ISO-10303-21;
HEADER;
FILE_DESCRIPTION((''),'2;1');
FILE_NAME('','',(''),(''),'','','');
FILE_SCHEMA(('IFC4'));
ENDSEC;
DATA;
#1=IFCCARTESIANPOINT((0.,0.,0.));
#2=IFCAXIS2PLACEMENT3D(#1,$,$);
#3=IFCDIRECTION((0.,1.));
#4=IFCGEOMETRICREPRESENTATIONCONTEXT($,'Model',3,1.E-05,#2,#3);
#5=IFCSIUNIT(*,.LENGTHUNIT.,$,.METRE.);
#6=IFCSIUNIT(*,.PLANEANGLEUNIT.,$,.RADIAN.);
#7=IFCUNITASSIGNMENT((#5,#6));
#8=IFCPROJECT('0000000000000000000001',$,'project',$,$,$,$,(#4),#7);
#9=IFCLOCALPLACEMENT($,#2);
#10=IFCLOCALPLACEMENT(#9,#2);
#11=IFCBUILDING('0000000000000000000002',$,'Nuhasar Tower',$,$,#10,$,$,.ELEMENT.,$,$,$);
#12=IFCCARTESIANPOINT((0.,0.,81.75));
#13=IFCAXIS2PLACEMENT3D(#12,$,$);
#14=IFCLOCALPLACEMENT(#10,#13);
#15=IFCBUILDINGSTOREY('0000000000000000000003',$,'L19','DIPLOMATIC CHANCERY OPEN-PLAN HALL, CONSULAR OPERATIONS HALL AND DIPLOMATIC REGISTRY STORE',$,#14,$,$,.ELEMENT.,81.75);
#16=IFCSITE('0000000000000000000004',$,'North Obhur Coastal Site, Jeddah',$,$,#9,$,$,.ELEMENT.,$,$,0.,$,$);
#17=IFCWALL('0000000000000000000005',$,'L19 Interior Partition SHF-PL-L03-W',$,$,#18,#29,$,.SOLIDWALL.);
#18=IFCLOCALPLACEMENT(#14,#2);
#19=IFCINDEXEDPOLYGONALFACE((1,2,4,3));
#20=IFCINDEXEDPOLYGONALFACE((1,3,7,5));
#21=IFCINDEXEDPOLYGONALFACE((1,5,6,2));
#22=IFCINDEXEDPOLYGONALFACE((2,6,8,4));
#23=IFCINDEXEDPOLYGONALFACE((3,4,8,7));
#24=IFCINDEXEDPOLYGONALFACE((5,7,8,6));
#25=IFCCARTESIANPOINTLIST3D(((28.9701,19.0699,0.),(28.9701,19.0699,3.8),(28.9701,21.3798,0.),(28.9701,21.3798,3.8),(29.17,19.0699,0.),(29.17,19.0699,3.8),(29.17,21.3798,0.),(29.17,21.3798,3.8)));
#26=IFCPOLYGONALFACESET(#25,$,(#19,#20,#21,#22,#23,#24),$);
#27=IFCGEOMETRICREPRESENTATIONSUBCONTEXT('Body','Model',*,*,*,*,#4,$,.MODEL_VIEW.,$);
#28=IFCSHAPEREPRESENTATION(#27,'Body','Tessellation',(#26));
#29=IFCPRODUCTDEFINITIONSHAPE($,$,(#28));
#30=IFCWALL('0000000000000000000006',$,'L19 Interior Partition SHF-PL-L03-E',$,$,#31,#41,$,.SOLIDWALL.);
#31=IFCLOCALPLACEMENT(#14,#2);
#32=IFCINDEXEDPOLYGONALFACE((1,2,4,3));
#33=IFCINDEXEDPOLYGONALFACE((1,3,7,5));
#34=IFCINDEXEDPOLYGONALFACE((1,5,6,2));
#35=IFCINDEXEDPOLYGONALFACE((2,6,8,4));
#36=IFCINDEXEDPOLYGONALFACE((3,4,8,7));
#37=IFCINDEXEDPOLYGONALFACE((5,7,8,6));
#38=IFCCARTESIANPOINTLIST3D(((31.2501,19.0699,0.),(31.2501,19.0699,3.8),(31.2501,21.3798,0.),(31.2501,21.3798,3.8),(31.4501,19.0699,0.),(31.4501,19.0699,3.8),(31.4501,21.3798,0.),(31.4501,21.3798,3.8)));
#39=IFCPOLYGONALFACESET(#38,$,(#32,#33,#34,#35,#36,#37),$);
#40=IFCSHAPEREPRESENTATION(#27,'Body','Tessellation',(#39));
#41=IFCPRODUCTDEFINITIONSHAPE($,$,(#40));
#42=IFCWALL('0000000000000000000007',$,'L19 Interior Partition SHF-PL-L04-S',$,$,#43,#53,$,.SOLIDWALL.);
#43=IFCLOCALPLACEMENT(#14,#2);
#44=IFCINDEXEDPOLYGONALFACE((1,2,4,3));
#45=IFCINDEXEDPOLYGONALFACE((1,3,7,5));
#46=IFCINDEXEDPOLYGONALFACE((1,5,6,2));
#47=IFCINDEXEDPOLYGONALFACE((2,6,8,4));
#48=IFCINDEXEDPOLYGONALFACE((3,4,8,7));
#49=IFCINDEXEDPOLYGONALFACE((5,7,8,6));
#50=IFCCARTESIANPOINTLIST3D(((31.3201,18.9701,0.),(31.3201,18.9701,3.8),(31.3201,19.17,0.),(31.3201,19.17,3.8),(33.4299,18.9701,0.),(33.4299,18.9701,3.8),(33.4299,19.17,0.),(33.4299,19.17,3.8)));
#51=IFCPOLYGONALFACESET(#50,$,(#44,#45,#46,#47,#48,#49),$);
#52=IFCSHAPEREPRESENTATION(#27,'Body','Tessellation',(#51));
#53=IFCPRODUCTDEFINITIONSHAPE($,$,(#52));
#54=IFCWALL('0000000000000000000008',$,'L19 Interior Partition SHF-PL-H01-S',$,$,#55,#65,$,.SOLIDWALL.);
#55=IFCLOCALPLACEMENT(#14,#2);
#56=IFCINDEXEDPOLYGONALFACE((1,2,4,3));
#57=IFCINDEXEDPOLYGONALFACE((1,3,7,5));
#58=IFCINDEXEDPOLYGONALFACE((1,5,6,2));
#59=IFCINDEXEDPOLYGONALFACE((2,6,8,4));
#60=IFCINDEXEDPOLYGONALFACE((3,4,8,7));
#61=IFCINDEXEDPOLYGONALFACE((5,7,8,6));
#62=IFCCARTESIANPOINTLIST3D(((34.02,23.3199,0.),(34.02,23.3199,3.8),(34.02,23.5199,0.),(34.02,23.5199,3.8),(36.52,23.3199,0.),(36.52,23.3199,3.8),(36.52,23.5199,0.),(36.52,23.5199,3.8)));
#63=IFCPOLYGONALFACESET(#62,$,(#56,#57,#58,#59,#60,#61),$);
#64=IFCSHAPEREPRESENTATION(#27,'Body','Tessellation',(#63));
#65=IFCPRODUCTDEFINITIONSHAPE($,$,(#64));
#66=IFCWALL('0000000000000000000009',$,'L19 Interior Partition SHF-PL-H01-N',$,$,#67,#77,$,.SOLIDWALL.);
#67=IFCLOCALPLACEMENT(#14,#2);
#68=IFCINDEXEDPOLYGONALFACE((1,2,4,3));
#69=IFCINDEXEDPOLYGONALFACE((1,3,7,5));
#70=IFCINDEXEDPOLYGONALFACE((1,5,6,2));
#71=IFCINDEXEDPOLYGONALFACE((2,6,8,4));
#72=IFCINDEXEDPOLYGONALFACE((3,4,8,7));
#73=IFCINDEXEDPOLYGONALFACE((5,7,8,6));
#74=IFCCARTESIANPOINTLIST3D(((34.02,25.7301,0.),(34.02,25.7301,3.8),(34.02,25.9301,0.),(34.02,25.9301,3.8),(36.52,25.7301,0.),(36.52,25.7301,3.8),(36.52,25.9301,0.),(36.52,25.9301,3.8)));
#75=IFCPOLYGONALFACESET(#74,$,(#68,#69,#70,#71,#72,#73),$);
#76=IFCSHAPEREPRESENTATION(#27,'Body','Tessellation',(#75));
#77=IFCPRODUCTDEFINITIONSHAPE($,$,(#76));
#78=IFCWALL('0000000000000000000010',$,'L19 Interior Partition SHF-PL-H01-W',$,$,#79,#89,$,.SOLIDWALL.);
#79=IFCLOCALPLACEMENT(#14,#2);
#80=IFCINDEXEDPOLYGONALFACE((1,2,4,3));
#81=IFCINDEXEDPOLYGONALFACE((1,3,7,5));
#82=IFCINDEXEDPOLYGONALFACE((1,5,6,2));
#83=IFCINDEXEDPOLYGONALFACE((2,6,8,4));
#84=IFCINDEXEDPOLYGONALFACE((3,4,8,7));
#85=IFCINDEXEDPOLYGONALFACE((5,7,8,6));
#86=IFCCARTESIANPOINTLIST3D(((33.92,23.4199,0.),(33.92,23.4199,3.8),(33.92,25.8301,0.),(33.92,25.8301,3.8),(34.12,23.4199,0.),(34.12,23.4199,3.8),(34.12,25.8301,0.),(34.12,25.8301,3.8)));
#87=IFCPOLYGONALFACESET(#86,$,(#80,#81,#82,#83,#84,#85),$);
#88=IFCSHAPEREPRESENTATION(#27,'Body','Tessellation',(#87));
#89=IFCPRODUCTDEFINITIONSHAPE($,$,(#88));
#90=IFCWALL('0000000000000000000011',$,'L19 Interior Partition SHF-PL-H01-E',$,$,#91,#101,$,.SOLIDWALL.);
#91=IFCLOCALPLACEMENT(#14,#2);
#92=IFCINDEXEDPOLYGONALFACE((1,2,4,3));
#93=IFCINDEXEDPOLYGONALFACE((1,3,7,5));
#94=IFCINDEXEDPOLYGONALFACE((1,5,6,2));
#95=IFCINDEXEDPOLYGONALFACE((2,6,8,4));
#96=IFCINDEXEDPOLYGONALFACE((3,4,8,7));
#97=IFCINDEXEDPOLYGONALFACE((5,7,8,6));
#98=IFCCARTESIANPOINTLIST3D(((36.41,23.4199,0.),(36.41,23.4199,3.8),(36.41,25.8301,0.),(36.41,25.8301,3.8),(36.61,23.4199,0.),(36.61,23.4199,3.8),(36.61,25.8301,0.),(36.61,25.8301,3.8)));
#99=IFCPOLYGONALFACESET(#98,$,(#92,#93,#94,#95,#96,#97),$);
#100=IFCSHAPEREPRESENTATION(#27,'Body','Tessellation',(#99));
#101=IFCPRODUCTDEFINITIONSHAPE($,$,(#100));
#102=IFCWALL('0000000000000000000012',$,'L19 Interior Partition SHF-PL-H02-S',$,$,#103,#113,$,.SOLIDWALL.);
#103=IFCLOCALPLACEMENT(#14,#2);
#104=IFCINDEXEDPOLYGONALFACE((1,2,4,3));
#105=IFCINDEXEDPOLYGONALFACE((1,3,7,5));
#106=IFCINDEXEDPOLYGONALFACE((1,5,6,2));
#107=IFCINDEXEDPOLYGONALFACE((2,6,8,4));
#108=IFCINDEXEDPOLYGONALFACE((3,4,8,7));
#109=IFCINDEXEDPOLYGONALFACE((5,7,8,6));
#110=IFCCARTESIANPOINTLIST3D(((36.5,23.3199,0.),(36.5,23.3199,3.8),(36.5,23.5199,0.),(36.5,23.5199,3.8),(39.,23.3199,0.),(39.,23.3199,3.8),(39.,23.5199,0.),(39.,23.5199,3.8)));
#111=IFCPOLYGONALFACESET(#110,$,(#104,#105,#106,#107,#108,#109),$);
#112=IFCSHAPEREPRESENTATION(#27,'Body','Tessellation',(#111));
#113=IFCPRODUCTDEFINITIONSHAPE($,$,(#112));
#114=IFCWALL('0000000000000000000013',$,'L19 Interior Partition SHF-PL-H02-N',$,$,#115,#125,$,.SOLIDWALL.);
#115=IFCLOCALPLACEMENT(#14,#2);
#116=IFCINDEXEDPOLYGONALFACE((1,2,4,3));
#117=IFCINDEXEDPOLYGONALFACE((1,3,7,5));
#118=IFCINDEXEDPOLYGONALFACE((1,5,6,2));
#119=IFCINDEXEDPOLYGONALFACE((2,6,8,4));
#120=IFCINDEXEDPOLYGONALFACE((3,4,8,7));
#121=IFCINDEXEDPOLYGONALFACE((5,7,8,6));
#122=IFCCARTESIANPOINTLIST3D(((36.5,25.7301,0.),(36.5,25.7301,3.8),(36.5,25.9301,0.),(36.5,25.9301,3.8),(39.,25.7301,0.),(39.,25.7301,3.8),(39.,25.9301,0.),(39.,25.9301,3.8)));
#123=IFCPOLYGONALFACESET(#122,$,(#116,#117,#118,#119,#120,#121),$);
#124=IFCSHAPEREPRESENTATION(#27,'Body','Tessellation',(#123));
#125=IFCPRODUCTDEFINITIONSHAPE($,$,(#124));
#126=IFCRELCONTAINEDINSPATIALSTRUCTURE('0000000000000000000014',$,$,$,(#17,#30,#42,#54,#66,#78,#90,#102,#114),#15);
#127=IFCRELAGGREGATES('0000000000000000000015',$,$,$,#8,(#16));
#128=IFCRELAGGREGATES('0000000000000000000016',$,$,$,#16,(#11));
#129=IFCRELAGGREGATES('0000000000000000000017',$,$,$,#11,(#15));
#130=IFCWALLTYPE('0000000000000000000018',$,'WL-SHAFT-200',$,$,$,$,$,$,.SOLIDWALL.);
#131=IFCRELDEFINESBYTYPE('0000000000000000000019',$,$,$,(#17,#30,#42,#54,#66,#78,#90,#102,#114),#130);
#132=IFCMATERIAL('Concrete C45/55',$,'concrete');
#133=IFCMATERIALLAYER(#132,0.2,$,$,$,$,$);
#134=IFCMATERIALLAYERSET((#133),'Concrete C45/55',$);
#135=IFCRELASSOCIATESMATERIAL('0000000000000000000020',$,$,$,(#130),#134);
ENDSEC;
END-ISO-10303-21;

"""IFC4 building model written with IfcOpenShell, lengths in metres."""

from ifc_helpers import new_model, si_unit, direction, frame, frame_2d, origin, place, context, subcontext, project, spatial, rectangle, extrude, material, layer, layer_set, type_object, element, save


model = new_model("IFC4")

# Units and contexts
model_context = context("Model", 3, precision=1e-05, world=origin(), true_north=direction((0.0, 1.0)))
body_context = subcontext(model_context, "Body", "Model", "MODEL_VIEW")
ifc_project = project(units=[si_unit("LENGTHUNIT", "METRE"), si_unit("PLANEANGLEUNIT", "RADIAN")], contexts=[model_context])

# Site, building, storey
site_placement = place(None, origin())
site = spatial("IfcSite", under=ifc_project, at=site_placement, Name="North Obhur Coastal Site, Jeddah", CompositionType="ELEMENT", RefElevation=0.0)
building_placement = place(site_placement, origin())
building = spatial("IfcBuilding", under=site, at=building_placement, Name="Nuhasar Tower", CompositionType="ELEMENT")
storey_placement = place(building_placement, frame((0.0, 0.0, 81.75)))
storey = spatial("IfcBuildingStorey", under=building, at=storey_placement, Name="L19", Description="DIPLOMATIC CHANCERY OPEN-PLAN HALL, CONSULAR OPERATIONS HALL AND DIPLOMATIC REGISTRY STORE", CompositionType="ELEMENT", Elevation=81.75)

# Shared definitions
ifc_material_1 = material(Name="Concrete C45/55", Category="concrete")
ifc_layer_1 = layer(ifc_material_1, 0.2)
ifc_layer_set_1 = layer_set([ifc_layer_1], Name="Concrete C45/55")
wall_type_1 = type_object("IfcWallType", Name="WL-SHAFT-200", PredefinedType="SOLIDWALL", material=ifc_layer_set_1)

# Walls
for number, where, z_axis, x_axis, name in (
    (1, (29.0701, 19.0701, 0.0), (0.0, 0.0, 1.0), (0.0, 1.0, 0.0), "L19 Interior Partition SHF-PL-L03-W"),
    (2, (31.3501, 19.0701, 0.0), (0.0, 0.0, 1.0), (0.0, 1.0, 0.0), "L19 Interior Partition SHF-PL-L03-E"),
):
    element("IfcWall", number, at=place(storey_placement, frame(where, z_axis=z_axis, x_axis=x_axis)), inside=storey, type_object=wall_type_1, Name=name, PredefinedType="SOLIDWALL", context=body_context, shape_type="SweptSolid", body=[
        extrude(rectangle(XDim=2.3098, YDim=0.2, at=frame_2d((1.1548, 0.0))), origin(), (0.0, 0.0, 1.0), 3.8),
    ])
wall_1_placement = place(storey_placement, frame((31.3201, 19.0701, 0.0), z_axis=(0.0, 0.0, 1.0), x_axis=(1.0, 0.0, 0.0)))
element("IfcWall", 3, at=wall_1_placement, inside=storey, type_object=wall_type_1, Name="L19 Interior Partition SHF-PL-L04-S", PredefinedType="SOLIDWALL", context=body_context, shape_type="SweptSolid", body=[
    extrude(rectangle(XDim=2.1099, YDim=0.2, at=frame_2d((1.0549, 0.0))), origin(), (0.0, 0.0, 1.0), 3.8),
])

# Walls
for number, where, z_axis, x_axis, name in (
    (4, (34.02, 23.4199, 0.0), (0.0, 0.0, 1.0), (1.0, 0.0, 0.0), "L19 Interior Partition SHF-PL-H01-S"),
    (5, (34.02, 25.8301, 0.0), (0.0, 0.0, 1.0), (1.0, 0.0, 0.0), "L19 Interior Partition SHF-PL-H01-N"),
):
    element("IfcWall", number, at=place(storey_placement, frame(where, z_axis=z_axis, x_axis=x_axis)), inside=storey, type_object=wall_type_1, Name=name, PredefinedType="SOLIDWALL", context=body_context, shape_type="SweptSolid", body=[
        extrude(rectangle(XDim=2.5, YDim=0.2, at=frame_2d((1.25, 0.0))), origin(), (0.0, 0.0, 1.0), 3.8),
    ])
for number, where, z_axis, x_axis, name in (
    (6, (34.02, 23.4199, 0.0), (0.0, 0.0, 1.0), (0.0, 1.0, 0.0), "L19 Interior Partition SHF-PL-H01-W"),
    (7, (36.51, 23.4199, 0.0), (0.0, 0.0, 1.0), (0.0, 1.0, 0.0), "L19 Interior Partition SHF-PL-H01-E"),
):
    element("IfcWall", number, at=place(storey_placement, frame(where, z_axis=z_axis, x_axis=x_axis)), inside=storey, type_object=wall_type_1, Name=name, PredefinedType="SOLIDWALL", context=body_context, shape_type="SweptSolid", body=[
        extrude(rectangle(XDim=2.4102, YDim=0.2, at=frame_2d((1.2051, 0.0))), origin(), (0.0, 0.0, 1.0), 3.8),
    ])
for number, where, z_axis, x_axis, name in (
    (8, (36.5, 23.4199, 0.0), (0.0, 0.0, 1.0), (1.0, 0.0, 0.0), "L19 Interior Partition SHF-PL-H02-S"),
    (9, (36.5, 25.8301, 0.0), (0.0, 0.0, 1.0), (1.0, 0.0, 0.0), "L19 Interior Partition SHF-PL-H02-N"),
):
    element("IfcWall", number, at=place(storey_placement, frame(where, z_axis=z_axis, x_axis=x_axis)), inside=storey, type_object=wall_type_1, Name=name, PredefinedType="SOLIDWALL", context=body_context, shape_type="SweptSolid", body=[
        extrude(rectangle(XDim=2.5, YDim=0.2, at=frame_2d((1.25, 0.0))), origin(), (0.0, 0.0, 1.0), 3.8),
    ])

save(model, "model.ifc")
